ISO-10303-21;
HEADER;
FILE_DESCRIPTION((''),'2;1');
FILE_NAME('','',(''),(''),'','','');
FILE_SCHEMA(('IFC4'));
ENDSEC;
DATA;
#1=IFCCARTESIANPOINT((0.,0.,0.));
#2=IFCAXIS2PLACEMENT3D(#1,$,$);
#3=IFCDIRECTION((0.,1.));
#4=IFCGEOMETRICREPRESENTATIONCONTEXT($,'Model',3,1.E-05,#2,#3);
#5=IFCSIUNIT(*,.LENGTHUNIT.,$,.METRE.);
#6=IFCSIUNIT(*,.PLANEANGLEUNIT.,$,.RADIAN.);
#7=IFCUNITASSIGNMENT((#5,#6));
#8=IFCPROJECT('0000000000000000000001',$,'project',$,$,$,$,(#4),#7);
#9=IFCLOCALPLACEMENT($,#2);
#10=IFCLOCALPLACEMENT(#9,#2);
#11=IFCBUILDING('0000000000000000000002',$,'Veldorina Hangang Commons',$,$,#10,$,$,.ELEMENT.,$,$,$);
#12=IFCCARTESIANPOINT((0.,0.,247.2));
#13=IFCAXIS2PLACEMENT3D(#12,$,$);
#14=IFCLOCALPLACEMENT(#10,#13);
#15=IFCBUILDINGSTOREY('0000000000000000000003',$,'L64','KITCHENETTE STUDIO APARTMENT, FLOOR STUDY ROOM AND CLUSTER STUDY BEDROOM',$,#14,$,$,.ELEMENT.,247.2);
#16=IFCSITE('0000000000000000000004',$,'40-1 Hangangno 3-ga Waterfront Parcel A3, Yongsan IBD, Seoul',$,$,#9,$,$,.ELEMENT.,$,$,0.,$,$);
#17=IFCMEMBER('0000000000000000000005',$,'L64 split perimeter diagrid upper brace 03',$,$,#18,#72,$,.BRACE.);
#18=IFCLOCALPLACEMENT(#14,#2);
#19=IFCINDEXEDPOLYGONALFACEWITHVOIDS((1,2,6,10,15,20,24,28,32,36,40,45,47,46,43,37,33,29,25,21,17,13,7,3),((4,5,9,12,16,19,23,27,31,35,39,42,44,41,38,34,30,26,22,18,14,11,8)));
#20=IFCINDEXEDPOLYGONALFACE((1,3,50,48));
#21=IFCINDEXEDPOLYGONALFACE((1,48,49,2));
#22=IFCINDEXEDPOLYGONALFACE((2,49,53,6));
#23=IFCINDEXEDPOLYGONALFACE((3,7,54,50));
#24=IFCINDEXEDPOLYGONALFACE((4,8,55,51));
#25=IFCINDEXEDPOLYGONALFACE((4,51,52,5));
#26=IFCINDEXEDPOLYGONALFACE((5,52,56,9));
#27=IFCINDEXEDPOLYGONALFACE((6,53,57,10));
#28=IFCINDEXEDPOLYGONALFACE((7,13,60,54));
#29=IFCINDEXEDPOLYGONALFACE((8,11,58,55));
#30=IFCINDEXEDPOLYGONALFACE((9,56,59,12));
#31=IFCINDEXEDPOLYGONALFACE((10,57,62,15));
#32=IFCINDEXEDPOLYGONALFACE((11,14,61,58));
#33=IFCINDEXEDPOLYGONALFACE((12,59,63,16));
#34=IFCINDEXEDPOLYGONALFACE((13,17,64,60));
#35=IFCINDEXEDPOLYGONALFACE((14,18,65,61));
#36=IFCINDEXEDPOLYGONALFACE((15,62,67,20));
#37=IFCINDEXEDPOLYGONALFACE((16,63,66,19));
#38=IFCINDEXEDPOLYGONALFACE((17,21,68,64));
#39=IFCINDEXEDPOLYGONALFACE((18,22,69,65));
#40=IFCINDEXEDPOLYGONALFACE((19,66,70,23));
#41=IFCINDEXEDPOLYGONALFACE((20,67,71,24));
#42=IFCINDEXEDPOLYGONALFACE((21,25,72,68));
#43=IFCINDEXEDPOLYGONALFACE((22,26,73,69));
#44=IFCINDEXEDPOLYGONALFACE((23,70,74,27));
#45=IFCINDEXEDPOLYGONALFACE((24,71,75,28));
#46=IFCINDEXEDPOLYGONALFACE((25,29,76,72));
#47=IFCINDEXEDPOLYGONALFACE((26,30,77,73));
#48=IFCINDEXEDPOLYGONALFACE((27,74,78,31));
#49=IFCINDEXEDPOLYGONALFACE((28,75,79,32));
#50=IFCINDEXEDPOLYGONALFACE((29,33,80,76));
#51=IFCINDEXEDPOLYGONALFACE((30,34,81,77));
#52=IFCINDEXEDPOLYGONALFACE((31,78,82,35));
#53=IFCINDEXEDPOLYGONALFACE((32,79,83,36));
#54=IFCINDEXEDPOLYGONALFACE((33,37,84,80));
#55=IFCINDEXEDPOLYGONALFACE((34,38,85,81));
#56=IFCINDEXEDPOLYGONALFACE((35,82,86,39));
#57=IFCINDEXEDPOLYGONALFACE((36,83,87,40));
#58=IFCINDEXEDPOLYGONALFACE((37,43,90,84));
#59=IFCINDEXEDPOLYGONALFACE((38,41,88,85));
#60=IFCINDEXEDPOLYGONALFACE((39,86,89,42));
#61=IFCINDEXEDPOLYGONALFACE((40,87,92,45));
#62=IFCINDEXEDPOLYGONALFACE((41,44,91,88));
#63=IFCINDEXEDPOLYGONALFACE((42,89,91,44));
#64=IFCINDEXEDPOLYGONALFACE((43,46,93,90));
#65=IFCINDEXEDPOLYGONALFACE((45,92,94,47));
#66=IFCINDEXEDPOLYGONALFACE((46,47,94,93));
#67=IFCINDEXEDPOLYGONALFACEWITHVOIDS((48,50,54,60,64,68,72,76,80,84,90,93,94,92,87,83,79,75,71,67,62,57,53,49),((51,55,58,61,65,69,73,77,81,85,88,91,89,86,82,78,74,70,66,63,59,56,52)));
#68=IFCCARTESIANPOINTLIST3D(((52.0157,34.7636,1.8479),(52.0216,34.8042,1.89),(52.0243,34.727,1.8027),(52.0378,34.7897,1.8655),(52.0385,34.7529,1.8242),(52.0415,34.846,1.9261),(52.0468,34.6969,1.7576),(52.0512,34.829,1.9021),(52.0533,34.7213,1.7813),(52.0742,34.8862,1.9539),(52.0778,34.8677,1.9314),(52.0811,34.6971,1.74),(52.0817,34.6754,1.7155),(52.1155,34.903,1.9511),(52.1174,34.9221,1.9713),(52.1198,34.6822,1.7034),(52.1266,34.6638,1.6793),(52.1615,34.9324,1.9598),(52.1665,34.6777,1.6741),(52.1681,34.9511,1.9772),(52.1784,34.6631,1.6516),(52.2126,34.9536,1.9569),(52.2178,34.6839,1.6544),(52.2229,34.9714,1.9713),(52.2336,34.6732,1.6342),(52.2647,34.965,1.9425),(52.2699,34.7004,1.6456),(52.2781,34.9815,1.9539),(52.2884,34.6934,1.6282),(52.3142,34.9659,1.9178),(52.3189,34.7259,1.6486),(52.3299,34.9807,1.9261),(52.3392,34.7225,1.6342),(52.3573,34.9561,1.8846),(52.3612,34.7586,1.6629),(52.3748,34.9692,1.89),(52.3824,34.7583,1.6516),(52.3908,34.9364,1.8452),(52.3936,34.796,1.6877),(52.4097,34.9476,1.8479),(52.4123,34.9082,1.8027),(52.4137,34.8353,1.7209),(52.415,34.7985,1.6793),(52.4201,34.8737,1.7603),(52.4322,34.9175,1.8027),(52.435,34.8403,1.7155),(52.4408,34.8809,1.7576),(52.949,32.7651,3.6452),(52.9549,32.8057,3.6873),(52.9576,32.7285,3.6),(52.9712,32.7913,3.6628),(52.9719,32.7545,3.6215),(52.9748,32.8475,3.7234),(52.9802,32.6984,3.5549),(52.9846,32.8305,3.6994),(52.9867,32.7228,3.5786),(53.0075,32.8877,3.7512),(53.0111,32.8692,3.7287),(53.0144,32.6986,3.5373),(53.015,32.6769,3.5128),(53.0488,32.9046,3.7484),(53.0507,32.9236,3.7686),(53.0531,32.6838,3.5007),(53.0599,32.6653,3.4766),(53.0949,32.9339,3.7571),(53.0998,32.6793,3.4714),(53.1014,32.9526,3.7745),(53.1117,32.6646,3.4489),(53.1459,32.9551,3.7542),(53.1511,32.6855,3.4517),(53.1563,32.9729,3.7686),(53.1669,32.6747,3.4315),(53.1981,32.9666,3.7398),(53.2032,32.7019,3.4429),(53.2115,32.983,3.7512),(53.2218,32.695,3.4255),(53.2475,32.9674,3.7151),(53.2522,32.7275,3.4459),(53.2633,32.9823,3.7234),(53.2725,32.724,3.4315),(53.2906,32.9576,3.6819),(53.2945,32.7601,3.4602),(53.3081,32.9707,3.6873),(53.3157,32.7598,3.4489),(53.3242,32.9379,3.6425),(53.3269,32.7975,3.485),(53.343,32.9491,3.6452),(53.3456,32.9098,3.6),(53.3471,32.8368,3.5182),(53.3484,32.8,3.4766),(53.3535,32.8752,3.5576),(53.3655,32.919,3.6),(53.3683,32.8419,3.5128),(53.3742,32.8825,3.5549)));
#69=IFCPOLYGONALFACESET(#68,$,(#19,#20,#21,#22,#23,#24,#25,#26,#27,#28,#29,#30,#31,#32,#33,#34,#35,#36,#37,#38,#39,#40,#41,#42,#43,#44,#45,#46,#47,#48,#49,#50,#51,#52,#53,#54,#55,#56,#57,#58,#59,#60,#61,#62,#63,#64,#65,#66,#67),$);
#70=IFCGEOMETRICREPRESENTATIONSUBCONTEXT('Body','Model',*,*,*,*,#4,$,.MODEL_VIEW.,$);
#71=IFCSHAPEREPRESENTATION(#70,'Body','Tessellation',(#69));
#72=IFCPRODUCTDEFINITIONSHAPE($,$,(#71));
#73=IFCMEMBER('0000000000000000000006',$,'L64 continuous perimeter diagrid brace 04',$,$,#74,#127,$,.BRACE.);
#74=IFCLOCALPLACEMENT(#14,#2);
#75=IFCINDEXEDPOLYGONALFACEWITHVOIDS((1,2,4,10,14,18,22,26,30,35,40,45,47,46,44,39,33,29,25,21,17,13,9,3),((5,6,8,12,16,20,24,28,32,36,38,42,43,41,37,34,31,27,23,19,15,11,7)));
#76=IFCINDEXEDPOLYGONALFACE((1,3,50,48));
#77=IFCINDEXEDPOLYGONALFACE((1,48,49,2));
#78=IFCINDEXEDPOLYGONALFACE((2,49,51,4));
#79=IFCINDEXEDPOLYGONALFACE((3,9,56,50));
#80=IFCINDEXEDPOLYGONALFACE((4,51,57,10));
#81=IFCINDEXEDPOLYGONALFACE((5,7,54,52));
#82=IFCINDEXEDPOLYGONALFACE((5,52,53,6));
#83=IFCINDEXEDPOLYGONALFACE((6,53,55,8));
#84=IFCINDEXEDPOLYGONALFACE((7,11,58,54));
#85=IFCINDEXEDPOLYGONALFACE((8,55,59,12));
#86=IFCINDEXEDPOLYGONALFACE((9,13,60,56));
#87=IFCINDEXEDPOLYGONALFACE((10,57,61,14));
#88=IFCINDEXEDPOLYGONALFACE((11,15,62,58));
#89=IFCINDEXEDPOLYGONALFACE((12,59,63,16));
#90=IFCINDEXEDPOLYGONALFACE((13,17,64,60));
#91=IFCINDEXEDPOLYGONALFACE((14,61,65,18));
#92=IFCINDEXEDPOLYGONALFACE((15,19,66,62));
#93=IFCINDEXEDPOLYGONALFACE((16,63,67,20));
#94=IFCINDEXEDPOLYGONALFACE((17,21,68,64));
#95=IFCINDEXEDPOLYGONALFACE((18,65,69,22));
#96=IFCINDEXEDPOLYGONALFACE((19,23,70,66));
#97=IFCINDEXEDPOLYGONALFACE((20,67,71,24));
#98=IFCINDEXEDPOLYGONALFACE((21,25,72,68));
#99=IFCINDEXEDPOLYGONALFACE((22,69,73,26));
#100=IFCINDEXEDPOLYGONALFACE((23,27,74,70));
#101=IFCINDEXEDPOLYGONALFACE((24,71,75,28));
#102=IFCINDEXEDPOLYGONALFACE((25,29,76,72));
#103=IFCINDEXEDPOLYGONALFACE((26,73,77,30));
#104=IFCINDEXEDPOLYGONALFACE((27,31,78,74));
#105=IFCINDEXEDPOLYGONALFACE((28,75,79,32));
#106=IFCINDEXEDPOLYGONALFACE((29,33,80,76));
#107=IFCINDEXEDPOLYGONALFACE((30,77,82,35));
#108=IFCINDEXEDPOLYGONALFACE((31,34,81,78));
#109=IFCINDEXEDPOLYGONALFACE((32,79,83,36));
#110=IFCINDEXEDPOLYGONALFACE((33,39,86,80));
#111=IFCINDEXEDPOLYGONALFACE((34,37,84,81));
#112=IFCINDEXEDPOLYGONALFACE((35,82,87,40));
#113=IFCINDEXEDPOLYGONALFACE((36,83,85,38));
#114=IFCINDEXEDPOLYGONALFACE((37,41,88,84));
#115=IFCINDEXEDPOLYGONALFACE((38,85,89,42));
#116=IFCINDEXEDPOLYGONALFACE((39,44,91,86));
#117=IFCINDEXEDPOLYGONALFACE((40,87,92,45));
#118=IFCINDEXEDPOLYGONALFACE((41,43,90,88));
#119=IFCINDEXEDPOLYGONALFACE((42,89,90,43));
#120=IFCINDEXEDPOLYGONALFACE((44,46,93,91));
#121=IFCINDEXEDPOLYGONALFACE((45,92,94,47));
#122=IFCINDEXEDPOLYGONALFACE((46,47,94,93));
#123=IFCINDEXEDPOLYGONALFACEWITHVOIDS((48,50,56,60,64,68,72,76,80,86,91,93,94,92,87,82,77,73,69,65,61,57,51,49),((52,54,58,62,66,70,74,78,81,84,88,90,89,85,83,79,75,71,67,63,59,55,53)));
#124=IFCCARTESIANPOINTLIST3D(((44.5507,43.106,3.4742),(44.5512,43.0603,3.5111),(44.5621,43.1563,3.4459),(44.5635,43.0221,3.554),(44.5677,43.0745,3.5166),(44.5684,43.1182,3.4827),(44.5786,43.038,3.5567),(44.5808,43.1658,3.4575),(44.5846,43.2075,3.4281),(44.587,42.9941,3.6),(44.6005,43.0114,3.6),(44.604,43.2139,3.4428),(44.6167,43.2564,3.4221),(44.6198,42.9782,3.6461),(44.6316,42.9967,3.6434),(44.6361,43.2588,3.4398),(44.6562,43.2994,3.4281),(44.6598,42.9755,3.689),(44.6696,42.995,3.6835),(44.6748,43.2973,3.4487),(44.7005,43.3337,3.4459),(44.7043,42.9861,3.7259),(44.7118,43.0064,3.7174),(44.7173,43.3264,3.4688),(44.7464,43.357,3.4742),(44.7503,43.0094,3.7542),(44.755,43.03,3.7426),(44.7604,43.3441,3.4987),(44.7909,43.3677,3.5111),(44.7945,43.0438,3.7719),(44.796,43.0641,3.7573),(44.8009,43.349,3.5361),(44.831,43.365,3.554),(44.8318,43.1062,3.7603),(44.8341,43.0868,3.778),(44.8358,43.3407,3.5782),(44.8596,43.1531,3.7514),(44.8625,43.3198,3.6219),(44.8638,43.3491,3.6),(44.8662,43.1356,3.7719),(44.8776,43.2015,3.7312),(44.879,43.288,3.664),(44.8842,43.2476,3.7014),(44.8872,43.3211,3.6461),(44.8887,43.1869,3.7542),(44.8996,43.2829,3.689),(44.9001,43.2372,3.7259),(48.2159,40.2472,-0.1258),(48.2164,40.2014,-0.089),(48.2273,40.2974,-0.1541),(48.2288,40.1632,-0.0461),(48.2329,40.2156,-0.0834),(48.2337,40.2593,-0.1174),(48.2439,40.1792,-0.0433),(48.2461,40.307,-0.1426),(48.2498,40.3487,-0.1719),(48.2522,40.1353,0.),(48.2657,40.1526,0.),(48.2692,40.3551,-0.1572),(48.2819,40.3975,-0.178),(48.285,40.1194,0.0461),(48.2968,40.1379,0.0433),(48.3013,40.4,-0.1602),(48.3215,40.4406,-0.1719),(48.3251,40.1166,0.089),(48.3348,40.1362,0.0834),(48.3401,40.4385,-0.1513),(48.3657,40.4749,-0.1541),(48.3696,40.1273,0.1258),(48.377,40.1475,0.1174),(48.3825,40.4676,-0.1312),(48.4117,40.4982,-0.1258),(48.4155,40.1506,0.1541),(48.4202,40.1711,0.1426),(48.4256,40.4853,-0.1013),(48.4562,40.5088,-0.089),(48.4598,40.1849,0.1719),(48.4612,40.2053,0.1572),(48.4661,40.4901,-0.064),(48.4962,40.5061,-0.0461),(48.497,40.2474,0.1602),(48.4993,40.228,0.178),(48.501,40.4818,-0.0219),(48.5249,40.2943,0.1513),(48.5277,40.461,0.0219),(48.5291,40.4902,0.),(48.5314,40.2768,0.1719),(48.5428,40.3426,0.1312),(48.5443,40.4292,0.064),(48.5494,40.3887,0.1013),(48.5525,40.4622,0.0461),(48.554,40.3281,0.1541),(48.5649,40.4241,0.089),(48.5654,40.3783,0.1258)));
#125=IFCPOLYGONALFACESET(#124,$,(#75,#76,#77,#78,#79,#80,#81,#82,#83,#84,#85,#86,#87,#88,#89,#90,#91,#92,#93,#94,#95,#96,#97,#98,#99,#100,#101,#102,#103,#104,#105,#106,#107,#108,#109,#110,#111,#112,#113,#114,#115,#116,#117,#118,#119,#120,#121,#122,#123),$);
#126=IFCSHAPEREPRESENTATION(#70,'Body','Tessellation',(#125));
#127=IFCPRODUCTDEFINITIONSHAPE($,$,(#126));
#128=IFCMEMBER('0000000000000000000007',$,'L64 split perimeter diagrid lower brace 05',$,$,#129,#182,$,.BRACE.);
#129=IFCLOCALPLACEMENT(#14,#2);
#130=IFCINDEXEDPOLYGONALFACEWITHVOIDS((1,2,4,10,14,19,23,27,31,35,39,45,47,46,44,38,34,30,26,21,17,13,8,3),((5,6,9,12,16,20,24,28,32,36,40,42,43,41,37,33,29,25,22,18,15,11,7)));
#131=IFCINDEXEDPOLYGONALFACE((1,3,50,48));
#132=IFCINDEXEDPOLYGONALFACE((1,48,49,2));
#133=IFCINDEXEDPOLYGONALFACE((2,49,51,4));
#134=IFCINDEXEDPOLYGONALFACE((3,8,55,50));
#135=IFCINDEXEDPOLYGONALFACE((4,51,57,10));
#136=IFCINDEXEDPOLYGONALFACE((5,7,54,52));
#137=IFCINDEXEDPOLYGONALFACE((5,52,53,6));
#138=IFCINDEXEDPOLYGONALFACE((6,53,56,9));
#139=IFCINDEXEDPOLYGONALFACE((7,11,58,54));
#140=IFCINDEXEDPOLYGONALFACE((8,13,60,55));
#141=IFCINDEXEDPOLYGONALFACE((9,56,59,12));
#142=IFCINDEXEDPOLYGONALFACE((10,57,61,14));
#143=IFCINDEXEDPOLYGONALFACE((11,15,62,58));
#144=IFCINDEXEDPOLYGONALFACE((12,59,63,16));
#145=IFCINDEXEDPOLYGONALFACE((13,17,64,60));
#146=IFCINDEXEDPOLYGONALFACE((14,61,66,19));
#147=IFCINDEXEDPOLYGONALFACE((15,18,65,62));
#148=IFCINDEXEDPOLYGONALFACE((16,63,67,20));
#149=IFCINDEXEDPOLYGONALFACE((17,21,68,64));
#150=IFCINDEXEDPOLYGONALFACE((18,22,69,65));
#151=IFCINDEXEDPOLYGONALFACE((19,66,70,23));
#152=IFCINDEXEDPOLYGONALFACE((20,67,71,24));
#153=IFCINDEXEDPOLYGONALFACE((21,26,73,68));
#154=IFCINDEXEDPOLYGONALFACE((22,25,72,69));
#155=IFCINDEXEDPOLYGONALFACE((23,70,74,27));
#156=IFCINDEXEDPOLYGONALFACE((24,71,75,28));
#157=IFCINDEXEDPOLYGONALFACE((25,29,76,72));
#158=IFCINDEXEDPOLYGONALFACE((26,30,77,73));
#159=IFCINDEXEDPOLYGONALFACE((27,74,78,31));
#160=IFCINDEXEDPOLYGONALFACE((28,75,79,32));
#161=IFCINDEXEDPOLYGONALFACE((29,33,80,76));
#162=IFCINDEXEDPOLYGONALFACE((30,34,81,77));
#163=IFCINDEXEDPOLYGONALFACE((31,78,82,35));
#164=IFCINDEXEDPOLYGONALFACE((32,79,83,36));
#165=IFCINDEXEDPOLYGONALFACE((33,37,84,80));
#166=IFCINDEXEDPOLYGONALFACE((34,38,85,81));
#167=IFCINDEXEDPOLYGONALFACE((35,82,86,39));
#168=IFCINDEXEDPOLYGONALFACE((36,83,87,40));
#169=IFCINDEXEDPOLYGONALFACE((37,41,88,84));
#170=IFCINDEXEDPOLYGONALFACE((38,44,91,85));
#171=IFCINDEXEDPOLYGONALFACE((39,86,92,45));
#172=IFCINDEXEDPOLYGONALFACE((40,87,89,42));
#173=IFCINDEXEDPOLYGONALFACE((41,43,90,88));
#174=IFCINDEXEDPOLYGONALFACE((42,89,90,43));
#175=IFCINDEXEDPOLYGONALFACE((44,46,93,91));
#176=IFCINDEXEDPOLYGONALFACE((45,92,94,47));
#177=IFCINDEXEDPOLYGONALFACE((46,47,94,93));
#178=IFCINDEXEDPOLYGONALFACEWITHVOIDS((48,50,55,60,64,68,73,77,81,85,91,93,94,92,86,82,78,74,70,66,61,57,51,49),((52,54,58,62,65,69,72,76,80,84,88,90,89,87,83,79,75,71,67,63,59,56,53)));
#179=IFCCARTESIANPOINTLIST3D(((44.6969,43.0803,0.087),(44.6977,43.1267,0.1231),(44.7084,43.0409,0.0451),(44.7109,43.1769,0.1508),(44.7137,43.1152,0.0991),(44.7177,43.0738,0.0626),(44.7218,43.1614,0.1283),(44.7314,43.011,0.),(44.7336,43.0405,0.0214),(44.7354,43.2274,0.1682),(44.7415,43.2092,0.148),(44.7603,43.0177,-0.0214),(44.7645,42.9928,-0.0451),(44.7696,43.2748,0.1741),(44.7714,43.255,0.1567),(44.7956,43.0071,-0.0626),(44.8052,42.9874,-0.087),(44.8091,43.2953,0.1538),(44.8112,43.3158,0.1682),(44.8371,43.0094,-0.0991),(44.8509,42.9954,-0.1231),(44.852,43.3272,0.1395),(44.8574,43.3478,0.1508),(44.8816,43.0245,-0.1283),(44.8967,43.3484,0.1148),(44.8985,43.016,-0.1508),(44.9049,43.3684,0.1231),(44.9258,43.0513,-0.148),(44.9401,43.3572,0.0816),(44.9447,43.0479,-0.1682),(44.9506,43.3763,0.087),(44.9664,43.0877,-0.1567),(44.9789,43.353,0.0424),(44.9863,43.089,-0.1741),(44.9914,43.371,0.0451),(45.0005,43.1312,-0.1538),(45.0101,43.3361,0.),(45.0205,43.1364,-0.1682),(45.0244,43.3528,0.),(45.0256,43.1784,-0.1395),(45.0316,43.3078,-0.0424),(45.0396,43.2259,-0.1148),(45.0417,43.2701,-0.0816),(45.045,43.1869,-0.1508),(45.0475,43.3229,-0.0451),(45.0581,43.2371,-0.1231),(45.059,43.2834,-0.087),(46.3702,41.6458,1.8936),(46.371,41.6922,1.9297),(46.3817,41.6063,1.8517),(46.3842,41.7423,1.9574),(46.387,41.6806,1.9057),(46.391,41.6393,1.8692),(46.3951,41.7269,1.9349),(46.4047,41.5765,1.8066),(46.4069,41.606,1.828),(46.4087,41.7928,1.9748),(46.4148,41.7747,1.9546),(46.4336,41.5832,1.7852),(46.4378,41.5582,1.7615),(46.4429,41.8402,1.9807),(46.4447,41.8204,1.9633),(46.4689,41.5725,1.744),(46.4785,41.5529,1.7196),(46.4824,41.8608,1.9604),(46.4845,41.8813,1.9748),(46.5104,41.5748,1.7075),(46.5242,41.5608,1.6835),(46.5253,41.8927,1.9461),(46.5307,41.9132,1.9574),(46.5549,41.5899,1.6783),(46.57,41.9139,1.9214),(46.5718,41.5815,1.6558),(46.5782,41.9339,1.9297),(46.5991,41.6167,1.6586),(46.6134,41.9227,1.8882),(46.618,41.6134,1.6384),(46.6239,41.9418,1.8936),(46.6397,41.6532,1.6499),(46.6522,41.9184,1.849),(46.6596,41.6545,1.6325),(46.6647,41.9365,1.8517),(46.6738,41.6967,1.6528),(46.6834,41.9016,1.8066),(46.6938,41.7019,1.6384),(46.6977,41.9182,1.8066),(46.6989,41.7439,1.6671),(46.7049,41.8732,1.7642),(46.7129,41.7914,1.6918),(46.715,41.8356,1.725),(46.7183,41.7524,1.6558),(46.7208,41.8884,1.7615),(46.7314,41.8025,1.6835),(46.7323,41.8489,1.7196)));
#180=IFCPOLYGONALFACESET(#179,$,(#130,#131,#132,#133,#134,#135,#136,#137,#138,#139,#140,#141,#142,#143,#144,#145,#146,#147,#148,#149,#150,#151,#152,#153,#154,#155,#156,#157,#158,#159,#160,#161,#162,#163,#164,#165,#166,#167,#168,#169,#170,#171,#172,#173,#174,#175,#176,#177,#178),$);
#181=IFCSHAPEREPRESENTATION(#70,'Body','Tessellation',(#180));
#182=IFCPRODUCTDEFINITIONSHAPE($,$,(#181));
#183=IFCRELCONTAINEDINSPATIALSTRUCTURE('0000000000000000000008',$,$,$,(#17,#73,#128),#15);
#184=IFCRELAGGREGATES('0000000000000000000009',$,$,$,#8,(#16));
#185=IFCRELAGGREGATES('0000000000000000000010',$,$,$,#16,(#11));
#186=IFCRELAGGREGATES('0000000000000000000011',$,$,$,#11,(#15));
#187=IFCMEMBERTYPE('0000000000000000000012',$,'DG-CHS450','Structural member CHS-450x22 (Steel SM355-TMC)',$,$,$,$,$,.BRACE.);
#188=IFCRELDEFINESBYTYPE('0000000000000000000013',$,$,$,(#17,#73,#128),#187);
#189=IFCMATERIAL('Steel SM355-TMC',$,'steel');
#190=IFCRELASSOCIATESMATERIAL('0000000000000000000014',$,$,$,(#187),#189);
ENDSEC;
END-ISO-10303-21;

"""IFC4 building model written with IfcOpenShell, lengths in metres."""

from ifc_helpers import new_model, si_unit, direction, frame, origin, origin_2d, place, context, subcontext, project, spatial, hollow_circle, extrude, material, material_profile, profile_set, type_object, element, save


model = new_model("IFC4")

# Units and contexts
model_context = context("Model", 3, precision=1e-05, world=origin(), true_north=direction((0.0, 1.0)))
body_context = subcontext(model_context, "Body", "Model", "MODEL_VIEW")
ifc_project = project(units=[si_unit("LENGTHUNIT", "METRE"), si_unit("PLANEANGLEUNIT", "RADIAN")], contexts=[model_context])

# Site, building, storey
site_placement = place(None, origin())
site = spatial("IfcSite", under=ifc_project, at=site_placement, Name="40-1 Hangangno 3-ga Waterfront Parcel A3, Yongsan IBD, Seoul", CompositionType="ELEMENT", RefElevation=0.0)
building_placement = place(site_placement, origin())
building = spatial("IfcBuilding", under=site, at=building_placement, Name="Veldorina Hangang Commons", CompositionType="ELEMENT")
storey_placement = place(building_placement, frame((0.0, 0.0, 247.2)))
storey = spatial("IfcBuildingStorey", under=building, at=storey_placement, Name="L64", Description="KITCHENETTE STUDIO APARTMENT, FLOOR STUDY ROOM AND CLUSTER STUDY BEDROOM", CompositionType="ELEMENT", Elevation=247.2)

# Shared definitions
ifc_material_1 = material(Name="Steel SM355-TMC", Category="steel")

# Members
ifc_material_profile_1 = material_profile(ifc_material_1, hollow_circle(Radius=0.2251, WallThickness=0.022, at=origin_2d()), Name="CHS-450x22")
ifc_profile_set_1 = profile_set([ifc_material_profile_1], Name="Steel SM355-TMC")
member_type_1 = type_object("IfcMemberType", Name="DG-CHS450", Description="Structural member CHS-450x22 (Steel SM355-TMC)", PredefinedType="BRACE", material=ifc_profile_set_1)
member_1_placement = place(storey_placement, frame((52.2283, 34.8223, 1.8027), z_axis=(0.328031, -0.702396, 0.631693), x_axis=(0.906062, 0.423146, 0.0)))
element("IfcMember", 1, at=member_1_placement, inside=storey, type_object=member_type_1, Name="L64 split perimeter diagrid upper brace 03", PredefinedType="BRACE", context=body_context, shape_type="SweptSolid", body=[
    extrude(hollow_circle(Radius=0.2251, WallThickness=0.022, at=origin_2d()), origin(), (0.0, 0.0, 1.0), 2.8452),
])
member_2_placement = place(storey_placement, frame((48.3906, 40.3127, 0.0), z_axis=(-0.623403, 0.486249, 0.612316), x_axis=(-0.615027, -0.788506, 0.0)))
element("IfcMember", 2, at=member_2_placement, inside=storey, type_object=member_type_1, Name="L64 continuous perimeter diagrid brace 04", PredefinedType="BRACE", context=body_context, shape_type="SweptSolid", body=[
    extrude(hollow_circle(Radius=0.2251, WallThickness=0.022, at=origin_2d()), origin(), (0.0, 0.0, 1.0), 5.8794),
])
member_3_placement = place(storey_placement, frame((44.8779, 43.1819, 0.0), z_axis=(0.587155, -0.503373, 0.633928), x_axis=(0.650864, 0.759194, 0.0)))
element("IfcMember", 3, at=member_3_placement, inside=storey, type_object=member_type_1, Name="L64 split perimeter diagrid lower brace 05", PredefinedType="BRACE", context=body_context, shape_type="SweptSolid", body=[
    extrude(hollow_circle(Radius=0.2251, WallThickness=0.022, at=origin_2d()), origin(), (0.0, 0.0, 1.0), 2.8499),
])

save(model, "model.ifc")
